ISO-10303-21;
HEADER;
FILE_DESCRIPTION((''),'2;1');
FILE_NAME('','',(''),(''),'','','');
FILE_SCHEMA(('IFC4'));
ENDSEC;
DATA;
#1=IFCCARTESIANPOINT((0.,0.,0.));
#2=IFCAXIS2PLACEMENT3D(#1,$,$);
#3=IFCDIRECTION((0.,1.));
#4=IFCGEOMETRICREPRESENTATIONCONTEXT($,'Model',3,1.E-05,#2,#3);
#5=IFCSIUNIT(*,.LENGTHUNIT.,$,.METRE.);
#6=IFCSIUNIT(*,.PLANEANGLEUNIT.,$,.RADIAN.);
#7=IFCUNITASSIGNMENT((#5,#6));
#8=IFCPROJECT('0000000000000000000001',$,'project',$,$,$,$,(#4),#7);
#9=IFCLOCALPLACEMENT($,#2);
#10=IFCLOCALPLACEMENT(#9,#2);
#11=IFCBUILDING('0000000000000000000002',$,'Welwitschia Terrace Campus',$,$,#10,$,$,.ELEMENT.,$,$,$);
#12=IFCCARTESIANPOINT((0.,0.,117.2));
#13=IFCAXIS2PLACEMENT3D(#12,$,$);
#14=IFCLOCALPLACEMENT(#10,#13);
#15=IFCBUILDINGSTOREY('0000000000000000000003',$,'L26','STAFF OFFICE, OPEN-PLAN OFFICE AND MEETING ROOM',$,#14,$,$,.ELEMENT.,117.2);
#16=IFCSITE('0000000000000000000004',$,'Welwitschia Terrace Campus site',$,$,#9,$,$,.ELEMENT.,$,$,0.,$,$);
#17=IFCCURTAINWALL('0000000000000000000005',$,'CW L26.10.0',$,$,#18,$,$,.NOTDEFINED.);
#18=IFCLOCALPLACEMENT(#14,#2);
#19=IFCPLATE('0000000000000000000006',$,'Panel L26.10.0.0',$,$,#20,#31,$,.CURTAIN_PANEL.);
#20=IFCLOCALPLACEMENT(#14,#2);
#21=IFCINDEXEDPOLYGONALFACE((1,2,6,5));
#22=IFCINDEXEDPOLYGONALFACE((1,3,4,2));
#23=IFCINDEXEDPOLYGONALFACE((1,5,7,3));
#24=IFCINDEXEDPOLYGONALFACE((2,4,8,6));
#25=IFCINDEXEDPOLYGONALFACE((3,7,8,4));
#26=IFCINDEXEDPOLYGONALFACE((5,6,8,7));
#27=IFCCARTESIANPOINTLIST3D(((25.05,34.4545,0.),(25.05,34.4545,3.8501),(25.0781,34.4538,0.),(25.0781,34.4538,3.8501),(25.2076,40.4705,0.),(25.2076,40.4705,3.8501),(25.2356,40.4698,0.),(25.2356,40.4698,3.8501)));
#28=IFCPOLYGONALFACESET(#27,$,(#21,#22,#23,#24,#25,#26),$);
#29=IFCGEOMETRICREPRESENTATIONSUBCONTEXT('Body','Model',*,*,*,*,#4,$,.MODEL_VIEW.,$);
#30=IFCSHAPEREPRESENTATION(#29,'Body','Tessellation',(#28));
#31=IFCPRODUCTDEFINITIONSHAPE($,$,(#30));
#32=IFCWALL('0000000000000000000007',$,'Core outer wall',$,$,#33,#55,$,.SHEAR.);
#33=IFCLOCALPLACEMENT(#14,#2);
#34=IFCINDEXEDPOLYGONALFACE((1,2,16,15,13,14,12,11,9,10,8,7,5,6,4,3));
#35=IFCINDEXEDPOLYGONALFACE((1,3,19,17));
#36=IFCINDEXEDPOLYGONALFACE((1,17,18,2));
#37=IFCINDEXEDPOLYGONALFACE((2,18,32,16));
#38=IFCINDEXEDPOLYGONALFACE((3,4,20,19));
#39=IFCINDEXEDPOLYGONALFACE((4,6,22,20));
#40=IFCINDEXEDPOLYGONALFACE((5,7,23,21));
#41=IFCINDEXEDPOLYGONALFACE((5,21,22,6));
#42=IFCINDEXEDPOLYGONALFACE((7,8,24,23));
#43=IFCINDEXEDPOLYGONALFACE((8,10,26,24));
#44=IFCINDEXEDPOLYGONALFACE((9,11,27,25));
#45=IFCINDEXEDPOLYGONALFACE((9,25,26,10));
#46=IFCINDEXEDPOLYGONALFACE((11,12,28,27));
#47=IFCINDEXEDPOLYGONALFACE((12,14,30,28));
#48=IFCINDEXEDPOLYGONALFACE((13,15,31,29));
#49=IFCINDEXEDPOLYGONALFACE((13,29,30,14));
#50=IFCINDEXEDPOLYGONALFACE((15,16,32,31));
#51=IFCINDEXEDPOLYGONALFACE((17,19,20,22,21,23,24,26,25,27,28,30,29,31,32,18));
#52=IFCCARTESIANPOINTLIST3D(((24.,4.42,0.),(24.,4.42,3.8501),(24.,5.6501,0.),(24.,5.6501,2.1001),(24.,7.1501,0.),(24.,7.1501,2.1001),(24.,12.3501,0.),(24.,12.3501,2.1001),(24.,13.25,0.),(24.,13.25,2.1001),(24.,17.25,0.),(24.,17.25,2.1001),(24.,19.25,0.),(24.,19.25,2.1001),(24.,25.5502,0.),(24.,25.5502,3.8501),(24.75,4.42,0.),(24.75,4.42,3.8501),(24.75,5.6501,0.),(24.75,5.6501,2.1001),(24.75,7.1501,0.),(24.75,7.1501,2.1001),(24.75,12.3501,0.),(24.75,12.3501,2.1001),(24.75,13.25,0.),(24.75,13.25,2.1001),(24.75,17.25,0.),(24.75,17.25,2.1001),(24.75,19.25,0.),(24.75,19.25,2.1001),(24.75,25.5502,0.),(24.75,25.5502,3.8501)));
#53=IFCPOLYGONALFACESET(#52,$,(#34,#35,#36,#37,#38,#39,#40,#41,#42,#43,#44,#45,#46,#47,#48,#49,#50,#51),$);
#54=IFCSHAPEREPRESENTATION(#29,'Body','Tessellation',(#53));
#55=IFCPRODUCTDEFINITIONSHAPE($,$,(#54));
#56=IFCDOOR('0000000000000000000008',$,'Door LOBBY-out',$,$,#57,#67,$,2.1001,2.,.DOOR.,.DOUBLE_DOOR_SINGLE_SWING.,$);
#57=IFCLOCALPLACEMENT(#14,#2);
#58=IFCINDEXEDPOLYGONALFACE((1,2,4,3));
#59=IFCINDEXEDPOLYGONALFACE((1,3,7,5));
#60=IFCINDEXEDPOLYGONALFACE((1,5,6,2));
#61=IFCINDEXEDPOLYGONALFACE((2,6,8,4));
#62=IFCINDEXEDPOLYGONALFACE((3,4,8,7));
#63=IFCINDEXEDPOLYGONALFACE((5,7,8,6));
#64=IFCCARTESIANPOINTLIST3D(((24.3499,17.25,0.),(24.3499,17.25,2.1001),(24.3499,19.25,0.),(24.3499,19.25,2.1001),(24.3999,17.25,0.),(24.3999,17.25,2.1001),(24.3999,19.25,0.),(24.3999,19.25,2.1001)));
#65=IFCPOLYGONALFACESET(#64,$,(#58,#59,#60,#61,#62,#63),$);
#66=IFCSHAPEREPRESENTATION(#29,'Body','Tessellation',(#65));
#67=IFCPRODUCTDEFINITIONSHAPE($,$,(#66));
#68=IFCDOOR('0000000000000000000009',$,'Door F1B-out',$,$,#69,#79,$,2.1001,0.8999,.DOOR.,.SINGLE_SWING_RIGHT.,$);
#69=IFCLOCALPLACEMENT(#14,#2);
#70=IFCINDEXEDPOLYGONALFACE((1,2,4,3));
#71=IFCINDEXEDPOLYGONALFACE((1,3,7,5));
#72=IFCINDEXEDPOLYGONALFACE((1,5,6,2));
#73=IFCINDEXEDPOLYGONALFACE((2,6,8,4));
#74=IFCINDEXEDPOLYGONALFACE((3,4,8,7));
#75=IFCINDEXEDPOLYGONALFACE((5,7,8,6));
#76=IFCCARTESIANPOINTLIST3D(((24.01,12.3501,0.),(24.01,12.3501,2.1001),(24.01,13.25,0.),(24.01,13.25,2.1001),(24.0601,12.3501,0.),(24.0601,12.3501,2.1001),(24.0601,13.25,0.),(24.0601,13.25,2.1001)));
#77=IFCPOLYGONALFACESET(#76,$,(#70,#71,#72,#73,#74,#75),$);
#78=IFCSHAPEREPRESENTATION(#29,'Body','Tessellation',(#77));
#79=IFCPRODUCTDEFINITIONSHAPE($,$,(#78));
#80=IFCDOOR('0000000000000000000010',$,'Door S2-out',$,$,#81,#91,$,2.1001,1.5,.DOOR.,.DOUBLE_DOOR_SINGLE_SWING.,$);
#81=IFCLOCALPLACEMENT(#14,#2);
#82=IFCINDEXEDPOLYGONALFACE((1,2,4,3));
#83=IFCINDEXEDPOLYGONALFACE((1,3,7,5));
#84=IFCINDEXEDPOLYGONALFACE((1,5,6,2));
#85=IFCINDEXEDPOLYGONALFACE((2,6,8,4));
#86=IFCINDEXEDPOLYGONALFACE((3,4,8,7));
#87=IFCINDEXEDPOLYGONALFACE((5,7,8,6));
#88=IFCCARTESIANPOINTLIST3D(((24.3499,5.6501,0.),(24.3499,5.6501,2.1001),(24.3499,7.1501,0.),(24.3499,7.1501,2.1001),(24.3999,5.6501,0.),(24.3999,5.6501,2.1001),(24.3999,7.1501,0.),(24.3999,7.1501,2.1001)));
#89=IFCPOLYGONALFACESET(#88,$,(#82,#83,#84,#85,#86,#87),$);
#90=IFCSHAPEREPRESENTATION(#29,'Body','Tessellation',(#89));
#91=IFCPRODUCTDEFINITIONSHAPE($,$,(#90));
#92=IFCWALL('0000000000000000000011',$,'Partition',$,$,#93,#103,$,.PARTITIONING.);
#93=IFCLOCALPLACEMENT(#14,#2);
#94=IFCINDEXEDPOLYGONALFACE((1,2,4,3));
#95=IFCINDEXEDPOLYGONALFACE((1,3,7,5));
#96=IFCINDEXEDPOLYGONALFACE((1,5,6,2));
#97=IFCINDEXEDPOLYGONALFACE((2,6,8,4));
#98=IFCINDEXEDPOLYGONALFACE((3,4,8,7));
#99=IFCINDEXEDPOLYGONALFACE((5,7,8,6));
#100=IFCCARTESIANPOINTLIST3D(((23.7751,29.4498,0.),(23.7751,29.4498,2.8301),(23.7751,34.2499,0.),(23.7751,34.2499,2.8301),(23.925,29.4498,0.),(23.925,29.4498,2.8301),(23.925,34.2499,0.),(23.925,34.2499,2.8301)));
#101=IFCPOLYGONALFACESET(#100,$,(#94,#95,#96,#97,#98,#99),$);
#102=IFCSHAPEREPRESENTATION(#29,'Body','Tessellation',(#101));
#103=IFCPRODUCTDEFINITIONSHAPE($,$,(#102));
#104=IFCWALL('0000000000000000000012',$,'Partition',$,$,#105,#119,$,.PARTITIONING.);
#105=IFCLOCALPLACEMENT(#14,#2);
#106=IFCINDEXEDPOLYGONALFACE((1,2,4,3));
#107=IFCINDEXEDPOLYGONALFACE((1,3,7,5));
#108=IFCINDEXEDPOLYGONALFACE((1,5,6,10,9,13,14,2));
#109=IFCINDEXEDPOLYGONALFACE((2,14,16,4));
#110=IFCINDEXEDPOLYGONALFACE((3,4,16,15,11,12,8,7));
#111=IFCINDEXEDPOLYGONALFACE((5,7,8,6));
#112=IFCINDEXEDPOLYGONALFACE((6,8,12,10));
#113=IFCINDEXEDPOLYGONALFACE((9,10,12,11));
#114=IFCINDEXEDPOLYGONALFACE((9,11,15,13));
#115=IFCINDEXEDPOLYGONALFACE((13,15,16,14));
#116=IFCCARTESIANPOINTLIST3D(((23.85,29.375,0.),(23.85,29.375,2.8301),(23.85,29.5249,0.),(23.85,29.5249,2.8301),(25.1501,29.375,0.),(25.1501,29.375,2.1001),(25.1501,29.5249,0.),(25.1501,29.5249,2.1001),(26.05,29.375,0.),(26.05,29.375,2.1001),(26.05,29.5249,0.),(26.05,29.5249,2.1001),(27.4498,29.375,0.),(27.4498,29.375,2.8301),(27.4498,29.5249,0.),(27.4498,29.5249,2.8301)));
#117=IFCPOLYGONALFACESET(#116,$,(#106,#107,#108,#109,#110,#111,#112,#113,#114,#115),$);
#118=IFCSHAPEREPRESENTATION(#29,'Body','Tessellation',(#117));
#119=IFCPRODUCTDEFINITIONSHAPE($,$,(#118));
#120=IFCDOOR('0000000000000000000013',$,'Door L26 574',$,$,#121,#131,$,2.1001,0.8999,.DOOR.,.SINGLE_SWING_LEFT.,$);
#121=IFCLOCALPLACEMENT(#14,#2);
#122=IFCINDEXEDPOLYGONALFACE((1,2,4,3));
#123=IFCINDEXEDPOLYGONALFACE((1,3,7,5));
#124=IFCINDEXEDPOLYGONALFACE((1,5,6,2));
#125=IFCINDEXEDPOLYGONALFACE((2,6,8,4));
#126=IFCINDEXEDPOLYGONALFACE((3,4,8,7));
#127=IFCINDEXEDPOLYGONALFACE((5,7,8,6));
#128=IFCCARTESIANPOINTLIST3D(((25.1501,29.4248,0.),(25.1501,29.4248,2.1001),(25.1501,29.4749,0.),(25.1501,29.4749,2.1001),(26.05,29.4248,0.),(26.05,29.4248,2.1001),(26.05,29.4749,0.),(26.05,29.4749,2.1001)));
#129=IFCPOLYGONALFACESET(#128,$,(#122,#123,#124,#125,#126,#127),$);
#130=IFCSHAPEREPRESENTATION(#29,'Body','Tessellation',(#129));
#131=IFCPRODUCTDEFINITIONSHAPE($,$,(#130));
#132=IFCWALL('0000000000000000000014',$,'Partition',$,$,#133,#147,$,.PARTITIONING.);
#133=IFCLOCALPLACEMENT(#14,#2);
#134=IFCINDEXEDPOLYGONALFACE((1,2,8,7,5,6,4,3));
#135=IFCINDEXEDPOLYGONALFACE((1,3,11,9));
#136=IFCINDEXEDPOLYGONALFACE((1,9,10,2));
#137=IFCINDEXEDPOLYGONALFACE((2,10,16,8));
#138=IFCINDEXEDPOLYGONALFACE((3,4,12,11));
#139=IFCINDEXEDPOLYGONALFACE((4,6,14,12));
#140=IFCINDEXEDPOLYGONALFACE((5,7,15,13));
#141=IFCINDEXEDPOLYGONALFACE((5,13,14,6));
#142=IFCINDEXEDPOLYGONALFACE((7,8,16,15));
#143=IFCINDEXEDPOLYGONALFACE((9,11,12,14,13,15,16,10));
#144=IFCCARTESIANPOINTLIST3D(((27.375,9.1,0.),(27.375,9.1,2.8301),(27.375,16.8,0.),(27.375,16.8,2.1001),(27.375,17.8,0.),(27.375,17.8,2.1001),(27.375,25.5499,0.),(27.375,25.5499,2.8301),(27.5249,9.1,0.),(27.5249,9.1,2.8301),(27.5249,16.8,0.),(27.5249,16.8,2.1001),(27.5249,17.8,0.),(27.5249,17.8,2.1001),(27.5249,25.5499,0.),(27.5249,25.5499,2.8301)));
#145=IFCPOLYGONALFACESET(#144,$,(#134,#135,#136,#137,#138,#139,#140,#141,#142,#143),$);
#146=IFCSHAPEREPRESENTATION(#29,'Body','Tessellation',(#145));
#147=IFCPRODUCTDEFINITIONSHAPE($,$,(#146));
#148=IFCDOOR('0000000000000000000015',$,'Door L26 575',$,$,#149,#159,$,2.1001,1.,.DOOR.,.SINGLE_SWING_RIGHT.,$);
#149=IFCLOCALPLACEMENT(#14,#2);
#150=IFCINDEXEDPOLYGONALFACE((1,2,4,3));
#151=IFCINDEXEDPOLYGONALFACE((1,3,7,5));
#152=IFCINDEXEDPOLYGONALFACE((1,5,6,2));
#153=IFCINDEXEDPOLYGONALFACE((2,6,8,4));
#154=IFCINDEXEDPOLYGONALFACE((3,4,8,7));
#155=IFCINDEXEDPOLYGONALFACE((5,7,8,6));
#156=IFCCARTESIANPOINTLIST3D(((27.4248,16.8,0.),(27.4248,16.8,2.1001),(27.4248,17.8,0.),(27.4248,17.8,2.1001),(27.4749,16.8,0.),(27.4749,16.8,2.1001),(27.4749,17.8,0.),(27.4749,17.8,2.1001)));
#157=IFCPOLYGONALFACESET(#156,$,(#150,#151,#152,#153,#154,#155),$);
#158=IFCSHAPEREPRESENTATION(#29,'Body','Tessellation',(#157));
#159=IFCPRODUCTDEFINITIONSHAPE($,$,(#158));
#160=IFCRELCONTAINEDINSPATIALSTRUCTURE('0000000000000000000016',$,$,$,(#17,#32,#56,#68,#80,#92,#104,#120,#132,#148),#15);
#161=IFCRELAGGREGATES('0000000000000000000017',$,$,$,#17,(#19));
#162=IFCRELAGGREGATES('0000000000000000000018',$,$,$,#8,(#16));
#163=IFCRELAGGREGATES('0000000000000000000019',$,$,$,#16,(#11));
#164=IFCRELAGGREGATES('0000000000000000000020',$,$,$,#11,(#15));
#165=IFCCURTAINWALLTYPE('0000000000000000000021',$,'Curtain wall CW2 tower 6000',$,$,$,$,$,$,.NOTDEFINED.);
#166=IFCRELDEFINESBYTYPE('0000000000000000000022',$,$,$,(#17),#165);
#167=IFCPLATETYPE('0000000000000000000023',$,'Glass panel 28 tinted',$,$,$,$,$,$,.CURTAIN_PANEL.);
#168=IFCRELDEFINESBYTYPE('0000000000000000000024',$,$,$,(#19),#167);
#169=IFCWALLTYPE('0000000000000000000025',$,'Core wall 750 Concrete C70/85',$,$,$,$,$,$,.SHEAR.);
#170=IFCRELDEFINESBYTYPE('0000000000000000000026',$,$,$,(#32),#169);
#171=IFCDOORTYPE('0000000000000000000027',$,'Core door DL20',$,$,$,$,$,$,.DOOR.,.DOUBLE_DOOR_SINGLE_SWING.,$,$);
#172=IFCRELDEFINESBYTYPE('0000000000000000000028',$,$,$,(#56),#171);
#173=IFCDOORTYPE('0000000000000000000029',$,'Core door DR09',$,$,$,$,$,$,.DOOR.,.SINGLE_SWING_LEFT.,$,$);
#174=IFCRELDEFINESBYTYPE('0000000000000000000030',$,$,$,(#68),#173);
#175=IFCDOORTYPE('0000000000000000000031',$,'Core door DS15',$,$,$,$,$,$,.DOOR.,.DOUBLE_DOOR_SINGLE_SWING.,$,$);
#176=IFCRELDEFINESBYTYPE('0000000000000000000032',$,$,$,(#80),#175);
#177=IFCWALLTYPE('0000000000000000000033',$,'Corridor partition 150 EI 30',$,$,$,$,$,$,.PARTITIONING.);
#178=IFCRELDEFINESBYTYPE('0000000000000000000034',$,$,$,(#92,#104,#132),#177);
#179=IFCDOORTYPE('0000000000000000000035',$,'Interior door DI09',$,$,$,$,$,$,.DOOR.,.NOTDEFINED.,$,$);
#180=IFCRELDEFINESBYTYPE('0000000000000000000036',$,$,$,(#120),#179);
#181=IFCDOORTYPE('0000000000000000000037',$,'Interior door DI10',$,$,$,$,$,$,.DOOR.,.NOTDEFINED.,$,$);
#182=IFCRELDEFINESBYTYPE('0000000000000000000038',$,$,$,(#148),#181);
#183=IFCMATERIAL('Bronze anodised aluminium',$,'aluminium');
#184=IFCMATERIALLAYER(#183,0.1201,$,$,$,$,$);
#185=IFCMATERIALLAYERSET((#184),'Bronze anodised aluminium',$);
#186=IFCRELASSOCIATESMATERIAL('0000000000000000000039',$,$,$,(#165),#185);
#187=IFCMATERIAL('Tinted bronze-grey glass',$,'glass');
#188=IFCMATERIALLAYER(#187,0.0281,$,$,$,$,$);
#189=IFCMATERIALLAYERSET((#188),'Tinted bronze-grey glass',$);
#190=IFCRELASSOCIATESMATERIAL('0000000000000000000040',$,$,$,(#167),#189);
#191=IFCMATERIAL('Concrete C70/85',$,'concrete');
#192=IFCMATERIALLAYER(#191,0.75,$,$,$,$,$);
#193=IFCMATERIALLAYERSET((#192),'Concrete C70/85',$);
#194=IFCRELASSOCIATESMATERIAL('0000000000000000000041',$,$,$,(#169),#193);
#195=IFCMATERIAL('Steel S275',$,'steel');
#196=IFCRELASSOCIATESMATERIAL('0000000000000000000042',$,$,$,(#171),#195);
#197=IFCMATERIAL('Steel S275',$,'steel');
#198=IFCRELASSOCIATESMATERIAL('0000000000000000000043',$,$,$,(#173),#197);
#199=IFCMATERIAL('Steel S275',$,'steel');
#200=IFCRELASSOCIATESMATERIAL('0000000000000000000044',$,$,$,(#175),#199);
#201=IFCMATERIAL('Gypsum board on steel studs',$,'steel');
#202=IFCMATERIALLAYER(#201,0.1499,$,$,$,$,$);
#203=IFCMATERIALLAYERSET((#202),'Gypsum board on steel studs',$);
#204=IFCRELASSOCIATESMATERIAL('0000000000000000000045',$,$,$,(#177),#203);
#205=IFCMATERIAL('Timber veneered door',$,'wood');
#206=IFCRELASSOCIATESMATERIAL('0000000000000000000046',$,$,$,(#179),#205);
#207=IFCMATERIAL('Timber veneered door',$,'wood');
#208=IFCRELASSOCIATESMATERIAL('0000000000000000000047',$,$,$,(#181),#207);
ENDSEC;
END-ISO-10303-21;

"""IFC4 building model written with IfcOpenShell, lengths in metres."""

from ifc_helpers import new_model, si_unit, direction, frame, frame_2d, origin, origin_2d, place, context, subcontext, project, spatial, rectangle, extrude, material, layer, layer_set, type_object, element, fill, aggregate, save


model = new_model("IFC4")

# Units and contexts
model_context = context("Model", 3, precision=1e-05, world=origin(), true_north=direction((0.0, 1.0)))
body_context = subcontext(model_context, "Body", "Model", "MODEL_VIEW")
ifc_project = project(units=[si_unit("LENGTHUNIT", "METRE"), si_unit("PLANEANGLEUNIT", "RADIAN")], contexts=[model_context])

# Site, building, storey
site_placement = place(None, origin())
site = spatial("IfcSite", under=ifc_project, at=site_placement, Name="Welwitschia Terrace Campus site", CompositionType="ELEMENT", RefElevation=0.0)
building_placement = place(site_placement, origin())
building = spatial("IfcBuilding", under=site, at=building_placement, Name="Welwitschia Terrace Campus", CompositionType="ELEMENT")
storey_placement = place(building_placement, frame((0.0, 0.0, 117.2)))
storey = spatial("IfcBuildingStorey", under=building, at=storey_placement, Name="L26", Description="STAFF OFFICE, OPEN-PLAN OFFICE AND MEETING ROOM", CompositionType="ELEMENT", Elevation=117.2)

# Curtain wall
ifc_material_1 = material(Name="Bronze anodised aluminium", Category="aluminium")
ifc_layer_1 = layer(ifc_material_1, 0.1201)
ifc_layer_set_1 = layer_set([ifc_layer_1], Name="Bronze anodised aluminium")
curtain_wall_type = type_object("IfcCurtainWallType", Name="Curtain wall CW2 tower 6000", PredefinedType="NOTDEFINED", material=ifc_layer_set_1)
curtain_wall_1_placement = place(storey_placement, origin())
curtain_wall_1 = element("IfcCurtainWall", 1, at=curtain_wall_1_placement, inside=storey, type_object=curtain_wall_type, Name="CW L26.10.0", PredefinedType="NOTDEFINED")

# Plate
ifc_material_2 = material(Name="Tinted bronze-grey glass", Category="glass")
ifc_layer_2 = layer(ifc_material_2, 0.0281)
ifc_layer_set_2 = layer_set([ifc_layer_2], Name="Tinted bronze-grey glass")
plate_type = type_object("IfcPlateType", Name="Glass panel 28 tinted", PredefinedType="CURTAIN_PANEL", material=ifc_layer_set_2)
plate_1_placement = place(storey_placement, frame((25.1428, 37.4622, 0.0), z_axis=(0.0, 0.0, 1.0), x_axis=(0.026177, 0.999657, 0.0)))
plate_1 = element("IfcPlate", 2, at=plate_1_placement, type_object=plate_type, Name="Panel L26.10.0.0", PredefinedType="CURTAIN_PANEL", context=body_context, shape_type="SweptSolid", body=[
    extrude(rectangle(XDim=6.0181, YDim=0.0281, at=origin_2d()), origin(), (0.0, 0.0, 1.0), 3.8501),
])
aggregate(curtain_wall_1, [plate_1])

# Wall, openings, doors
ifc_material_3 = material(Name="Concrete C70/85", Category="concrete")
ifc_layer_3 = layer(ifc_material_3, 0.75)
ifc_layer_set_3 = layer_set([ifc_layer_3], Name="Concrete C70/85")
wall_type_1 = type_object("IfcWallType", Name="Core wall 750 Concrete C70/85", PredefinedType="SHEAR", material=ifc_layer_set_3)
wall_1_placement = place(storey_placement, frame((24.375, 25.55, 0.0), z_axis=(0.0, 0.0, 1.0), x_axis=(0.0, -1.0, 0.0)))
wall_1 = element("IfcWall", 3, at=wall_1_placement, inside=storey, type_object=wall_type_1, Name="Core outer wall", PredefinedType="SHEAR", context=body_context, shape_type="SweptSolid", body=[
    extrude(rectangle(XDim=21.1301, YDim=0.75, at=frame_2d((10.5649, 0.0))), origin(), (0.0, 0.0, 1.0), 3.8501),
])
opening_1_placement = place(wall_1_placement, frame((18.3999, 0.0, 0.0)))
opening_1 = element("IfcOpeningElement", 4, at=opening_1_placement, cuts=wall_1, PredefinedType="OPENING", context=body_context, shape_type="SweptSolid", body=[
    extrude(rectangle(XDim=1.5, YDim=2.1001, at=frame_2d((0.75, 1.05))), frame((0.0, 0.385, 0.0), z_axis=(0.0, -1.0, 0.0), x_axis=(1.0, 0.0, 0.0)), (0.0, 0.0, 1.0), 0.77),
])
opening_2_placement = place(wall_1_placement, frame((12.3, 0.0, 0.0)))
opening_2 = element("IfcOpeningElement", 5, at=opening_2_placement, cuts=wall_1, PredefinedType="OPENING", context=body_context, shape_type="SweptSolid", body=[
    extrude(rectangle(XDim=0.8999, YDim=2.1001, at=frame_2d((0.45, 1.05))), frame((0.0, 0.385, 0.0), z_axis=(0.0, -1.0, 0.0), x_axis=(1.0, 0.0, 0.0)), (0.0, 0.0, 1.0), 0.77),
])
opening_3_placement = place(wall_1_placement, frame((6.3, 0.0, 0.0)))
opening_3 = element("IfcOpeningElement", 6, at=opening_3_placement, cuts=wall_1, PredefinedType="OPENING", context=body_context, shape_type="SweptSolid", body=[
    extrude(rectangle(XDim=2.0, YDim=2.1001, at=frame_2d((1.0, 1.05))), frame((0.0, 0.385, 0.0), z_axis=(0.0, -1.0, 0.0), x_axis=(1.0, 0.0, 0.0)), (0.0, 0.0, 1.0), 0.77),
])
ifc_material_4 = material(Name="Steel S275", Category="steel")
door_type_1 = type_object("IfcDoorType", Name="Core door DL20", OperationType="DOUBLE_DOOR_SINGLE_SWING", PredefinedType="DOOR", material=ifc_material_4)
door_1_placement = place(opening_3_placement, origin())
door_1 = element("IfcDoor", 7, at=door_1_placement, inside=storey, type_object=door_type_1, Name="Door LOBBY-out", OperationType="DOUBLE_DOOR_SINGLE_SWING", OverallHeight=2.1001, OverallWidth=2.0, PredefinedType="DOOR", context=body_context, shape_type="SweptSolid", body=[
    extrude(rectangle(XDim=2.0, YDim=2.1001, at=frame_2d((1.0, 1.05))), frame((0.0, 0.0249, 0.0), z_axis=(0.0, -1.0, 0.0), x_axis=(1.0, 0.0, 0.0)), (0.0, 0.0, 1.0), 0.05),
])
fill(opening_3, door_1)
ifc_material_5 = material(Name="Steel S275", Category="steel")
door_type_2 = type_object("IfcDoorType", Name="Core door DR09", OperationType="SINGLE_SWING_LEFT", PredefinedType="DOOR", material=ifc_material_5)
door_2_placement = place(opening_2_placement, origin())
door_2 = element("IfcDoor", 8, at=door_2_placement, inside=storey, type_object=door_type_2, Name="Door F1B-out", OperationType="SINGLE_SWING_RIGHT", OverallHeight=2.1001, OverallWidth=0.8999, PredefinedType="DOOR", context=body_context, shape_type="SweptSolid", body=[
    extrude(rectangle(XDim=0.8999, YDim=2.1001, at=frame_2d((0.45, 1.05))), frame((0.0, -0.3149, 0.0), z_axis=(0.0, -1.0, 0.0), x_axis=(1.0, 0.0, 0.0)), (0.0, 0.0, 1.0), 0.05),
])
fill(opening_2, door_2)
ifc_material_6 = material(Name="Steel S275", Category="steel")
door_type_3 = type_object("IfcDoorType", Name="Core door DS15", OperationType="DOUBLE_DOOR_SINGLE_SWING", PredefinedType="DOOR", material=ifc_material_6)
door_3_placement = place(opening_1_placement, origin())
door_3 = element("IfcDoor", 9, at=door_3_placement, inside=storey, type_object=door_type_3, Name="Door S2-out", OperationType="DOUBLE_DOOR_SINGLE_SWING", OverallHeight=2.1001, OverallWidth=1.5, PredefinedType="DOOR", context=body_context, shape_type="SweptSolid", body=[
    extrude(rectangle(XDim=1.5, YDim=2.1001, at=frame_2d((0.75, 1.05))), frame((0.0, 0.0249, 0.0), z_axis=(0.0, -1.0, 0.0), x_axis=(1.0, 0.0, 0.0)), (0.0, 0.0, 1.0), 0.05),
])
fill(opening_1, door_3)

# Wall
ifc_material_7 = material(Name="Gypsum board on steel studs", Category="steel")
ifc_layer_4 = layer(ifc_material_7, 0.1499)
ifc_layer_set_4 = layer_set([ifc_layer_4], Name="Gypsum board on steel studs")
wall_type_2 = type_object("IfcWallType", Name="Corridor partition 150 EI 30", PredefinedType="PARTITIONING", material=ifc_layer_set_4)
wall_2_placement = place(storey_placement, frame((23.8501, 29.45, 0.0), z_axis=(0.0, 0.0, 1.0), x_axis=(0.0, 1.0, 0.0)))
element("IfcWall", 10, at=wall_2_placement, inside=storey, type_object=wall_type_2, Name="Partition", PredefinedType="PARTITIONING", context=body_context, shape_type="SweptSolid", body=[
    extrude(rectangle(XDim=4.8, YDim=0.1499, at=frame_2d((2.3999, 0.0))), origin(), (0.0, 0.0, 1.0), 2.8301),
])

# Walls, openings, doors
wall_3_placement = place(storey_placement, frame((23.8501, 29.45, 0.0), z_axis=(0.0, 0.0, 1.0), x_axis=(1.0, 0.0, 0.0)))
wall_3 = element("IfcWall", 11, at=wall_3_placement, inside=storey, type_object=wall_type_2, Name="Partition", PredefinedType="PARTITIONING", context=body_context, shape_type="SweptSolid", body=[
    extrude(rectangle(XDim=3.5999, YDim=0.1499, at=frame_2d((1.7998, 0.0))), origin(), (0.0, 0.0, 1.0), 2.8301),
])
opening_4_placement = place(wall_3_placement, frame((1.3, 0.0, 0.0)))
opening_4 = element("IfcOpeningElement", 12, at=opening_4_placement, cuts=wall_3, PredefinedType="OPENING", context=body_context, shape_type="SweptSolid", body=[
    extrude(rectangle(XDim=0.8999, YDim=2.1001, at=frame_2d((0.45, 1.05))), frame((0.0, 0.085, 0.0), z_axis=(0.0, -1.0, 0.0), x_axis=(1.0, 0.0, 0.0)), (0.0, 0.0, 1.0), 0.1699),
])
ifc_material_8 = material(Name="Timber veneered door", Category="wood")
door_type_4 = type_object("IfcDoorType", Name="Interior door DI09", OperationType="NOTDEFINED", PredefinedType="DOOR", material=ifc_material_8)
door_4_placement = place(opening_4_placement, origin())
door_4 = element("IfcDoor", 13, at=door_4_placement, inside=storey, type_object=door_type_4, Name="Door L26 574", OperationType="SINGLE_SWING_LEFT", OverallHeight=2.1001, OverallWidth=0.8999, PredefinedType="DOOR", context=body_context, shape_type="SweptSolid", body=[
    extrude(rectangle(XDim=0.8999, YDim=2.1001, at=frame_2d((0.45, 1.05))), frame((0.0, 0.0249, 0.0), z_axis=(0.0, -1.0, 0.0), x_axis=(1.0, 0.0, 0.0)), (0.0, 0.0, 1.0), 0.05),
])
fill(opening_4, door_4)
wall_4_placement = place(storey_placement, frame((27.45, 25.55, 0.0), z_axis=(0.0, 0.0, 1.0), x_axis=(0.0, -1.0, 0.0)))
wall_4 = element("IfcWall", 14, at=wall_4_placement, inside=storey, type_object=wall_type_2, Name="Partition", PredefinedType="PARTITIONING", context=body_context, shape_type="SweptSolid", body=[
    extrude(rectangle(XDim=16.45, YDim=0.1499, at=frame_2d((8.2251, 0.0))), origin(), (0.0, 0.0, 1.0), 2.8301),
])
opening_5_placement = place(wall_4_placement, frame((7.75, 0.0, 0.0)))
opening_5 = element("IfcOpeningElement", 15, at=opening_5_placement, cuts=wall_4, PredefinedType="OPENING", context=body_context, shape_type="SweptSolid", body=[
    extrude(rectangle(XDim=1.0, YDim=2.1001, at=frame_2d((0.5, 1.05))), frame((0.0, 0.085, 0.0), z_axis=(0.0, -1.0, 0.0), x_axis=(1.0, 0.0, 0.0)), (0.0, 0.0, 1.0), 0.1699),
])
ifc_material_9 = material(Name="Timber veneered door", Category="wood")
door_type_5 = type_object("IfcDoorType", Name="Interior door DI10", OperationType="NOTDEFINED", PredefinedType="DOOR", material=ifc_material_9)
door_5_placement = place(opening_5_placement, origin())
door_5 = element("IfcDoor", 16, at=door_5_placement, inside=storey, type_object=door_type_5, Name="Door L26 575", OperationType="SINGLE_SWING_RIGHT", OverallHeight=2.1001, OverallWidth=1.0, PredefinedType="DOOR", context=body_context, shape_type="SweptSolid", body=[
    extrude(rectangle(XDim=1.0, YDim=2.1001, at=frame_2d((0.5, 1.05))), frame((0.0, 0.0249, 0.0), z_axis=(0.0, -1.0, 0.0), x_axis=(1.0, 0.0, 0.0)), (0.0, 0.0, 1.0), 0.05),
])
fill(opening_5, door_5)

save(model, "model.ifc")
